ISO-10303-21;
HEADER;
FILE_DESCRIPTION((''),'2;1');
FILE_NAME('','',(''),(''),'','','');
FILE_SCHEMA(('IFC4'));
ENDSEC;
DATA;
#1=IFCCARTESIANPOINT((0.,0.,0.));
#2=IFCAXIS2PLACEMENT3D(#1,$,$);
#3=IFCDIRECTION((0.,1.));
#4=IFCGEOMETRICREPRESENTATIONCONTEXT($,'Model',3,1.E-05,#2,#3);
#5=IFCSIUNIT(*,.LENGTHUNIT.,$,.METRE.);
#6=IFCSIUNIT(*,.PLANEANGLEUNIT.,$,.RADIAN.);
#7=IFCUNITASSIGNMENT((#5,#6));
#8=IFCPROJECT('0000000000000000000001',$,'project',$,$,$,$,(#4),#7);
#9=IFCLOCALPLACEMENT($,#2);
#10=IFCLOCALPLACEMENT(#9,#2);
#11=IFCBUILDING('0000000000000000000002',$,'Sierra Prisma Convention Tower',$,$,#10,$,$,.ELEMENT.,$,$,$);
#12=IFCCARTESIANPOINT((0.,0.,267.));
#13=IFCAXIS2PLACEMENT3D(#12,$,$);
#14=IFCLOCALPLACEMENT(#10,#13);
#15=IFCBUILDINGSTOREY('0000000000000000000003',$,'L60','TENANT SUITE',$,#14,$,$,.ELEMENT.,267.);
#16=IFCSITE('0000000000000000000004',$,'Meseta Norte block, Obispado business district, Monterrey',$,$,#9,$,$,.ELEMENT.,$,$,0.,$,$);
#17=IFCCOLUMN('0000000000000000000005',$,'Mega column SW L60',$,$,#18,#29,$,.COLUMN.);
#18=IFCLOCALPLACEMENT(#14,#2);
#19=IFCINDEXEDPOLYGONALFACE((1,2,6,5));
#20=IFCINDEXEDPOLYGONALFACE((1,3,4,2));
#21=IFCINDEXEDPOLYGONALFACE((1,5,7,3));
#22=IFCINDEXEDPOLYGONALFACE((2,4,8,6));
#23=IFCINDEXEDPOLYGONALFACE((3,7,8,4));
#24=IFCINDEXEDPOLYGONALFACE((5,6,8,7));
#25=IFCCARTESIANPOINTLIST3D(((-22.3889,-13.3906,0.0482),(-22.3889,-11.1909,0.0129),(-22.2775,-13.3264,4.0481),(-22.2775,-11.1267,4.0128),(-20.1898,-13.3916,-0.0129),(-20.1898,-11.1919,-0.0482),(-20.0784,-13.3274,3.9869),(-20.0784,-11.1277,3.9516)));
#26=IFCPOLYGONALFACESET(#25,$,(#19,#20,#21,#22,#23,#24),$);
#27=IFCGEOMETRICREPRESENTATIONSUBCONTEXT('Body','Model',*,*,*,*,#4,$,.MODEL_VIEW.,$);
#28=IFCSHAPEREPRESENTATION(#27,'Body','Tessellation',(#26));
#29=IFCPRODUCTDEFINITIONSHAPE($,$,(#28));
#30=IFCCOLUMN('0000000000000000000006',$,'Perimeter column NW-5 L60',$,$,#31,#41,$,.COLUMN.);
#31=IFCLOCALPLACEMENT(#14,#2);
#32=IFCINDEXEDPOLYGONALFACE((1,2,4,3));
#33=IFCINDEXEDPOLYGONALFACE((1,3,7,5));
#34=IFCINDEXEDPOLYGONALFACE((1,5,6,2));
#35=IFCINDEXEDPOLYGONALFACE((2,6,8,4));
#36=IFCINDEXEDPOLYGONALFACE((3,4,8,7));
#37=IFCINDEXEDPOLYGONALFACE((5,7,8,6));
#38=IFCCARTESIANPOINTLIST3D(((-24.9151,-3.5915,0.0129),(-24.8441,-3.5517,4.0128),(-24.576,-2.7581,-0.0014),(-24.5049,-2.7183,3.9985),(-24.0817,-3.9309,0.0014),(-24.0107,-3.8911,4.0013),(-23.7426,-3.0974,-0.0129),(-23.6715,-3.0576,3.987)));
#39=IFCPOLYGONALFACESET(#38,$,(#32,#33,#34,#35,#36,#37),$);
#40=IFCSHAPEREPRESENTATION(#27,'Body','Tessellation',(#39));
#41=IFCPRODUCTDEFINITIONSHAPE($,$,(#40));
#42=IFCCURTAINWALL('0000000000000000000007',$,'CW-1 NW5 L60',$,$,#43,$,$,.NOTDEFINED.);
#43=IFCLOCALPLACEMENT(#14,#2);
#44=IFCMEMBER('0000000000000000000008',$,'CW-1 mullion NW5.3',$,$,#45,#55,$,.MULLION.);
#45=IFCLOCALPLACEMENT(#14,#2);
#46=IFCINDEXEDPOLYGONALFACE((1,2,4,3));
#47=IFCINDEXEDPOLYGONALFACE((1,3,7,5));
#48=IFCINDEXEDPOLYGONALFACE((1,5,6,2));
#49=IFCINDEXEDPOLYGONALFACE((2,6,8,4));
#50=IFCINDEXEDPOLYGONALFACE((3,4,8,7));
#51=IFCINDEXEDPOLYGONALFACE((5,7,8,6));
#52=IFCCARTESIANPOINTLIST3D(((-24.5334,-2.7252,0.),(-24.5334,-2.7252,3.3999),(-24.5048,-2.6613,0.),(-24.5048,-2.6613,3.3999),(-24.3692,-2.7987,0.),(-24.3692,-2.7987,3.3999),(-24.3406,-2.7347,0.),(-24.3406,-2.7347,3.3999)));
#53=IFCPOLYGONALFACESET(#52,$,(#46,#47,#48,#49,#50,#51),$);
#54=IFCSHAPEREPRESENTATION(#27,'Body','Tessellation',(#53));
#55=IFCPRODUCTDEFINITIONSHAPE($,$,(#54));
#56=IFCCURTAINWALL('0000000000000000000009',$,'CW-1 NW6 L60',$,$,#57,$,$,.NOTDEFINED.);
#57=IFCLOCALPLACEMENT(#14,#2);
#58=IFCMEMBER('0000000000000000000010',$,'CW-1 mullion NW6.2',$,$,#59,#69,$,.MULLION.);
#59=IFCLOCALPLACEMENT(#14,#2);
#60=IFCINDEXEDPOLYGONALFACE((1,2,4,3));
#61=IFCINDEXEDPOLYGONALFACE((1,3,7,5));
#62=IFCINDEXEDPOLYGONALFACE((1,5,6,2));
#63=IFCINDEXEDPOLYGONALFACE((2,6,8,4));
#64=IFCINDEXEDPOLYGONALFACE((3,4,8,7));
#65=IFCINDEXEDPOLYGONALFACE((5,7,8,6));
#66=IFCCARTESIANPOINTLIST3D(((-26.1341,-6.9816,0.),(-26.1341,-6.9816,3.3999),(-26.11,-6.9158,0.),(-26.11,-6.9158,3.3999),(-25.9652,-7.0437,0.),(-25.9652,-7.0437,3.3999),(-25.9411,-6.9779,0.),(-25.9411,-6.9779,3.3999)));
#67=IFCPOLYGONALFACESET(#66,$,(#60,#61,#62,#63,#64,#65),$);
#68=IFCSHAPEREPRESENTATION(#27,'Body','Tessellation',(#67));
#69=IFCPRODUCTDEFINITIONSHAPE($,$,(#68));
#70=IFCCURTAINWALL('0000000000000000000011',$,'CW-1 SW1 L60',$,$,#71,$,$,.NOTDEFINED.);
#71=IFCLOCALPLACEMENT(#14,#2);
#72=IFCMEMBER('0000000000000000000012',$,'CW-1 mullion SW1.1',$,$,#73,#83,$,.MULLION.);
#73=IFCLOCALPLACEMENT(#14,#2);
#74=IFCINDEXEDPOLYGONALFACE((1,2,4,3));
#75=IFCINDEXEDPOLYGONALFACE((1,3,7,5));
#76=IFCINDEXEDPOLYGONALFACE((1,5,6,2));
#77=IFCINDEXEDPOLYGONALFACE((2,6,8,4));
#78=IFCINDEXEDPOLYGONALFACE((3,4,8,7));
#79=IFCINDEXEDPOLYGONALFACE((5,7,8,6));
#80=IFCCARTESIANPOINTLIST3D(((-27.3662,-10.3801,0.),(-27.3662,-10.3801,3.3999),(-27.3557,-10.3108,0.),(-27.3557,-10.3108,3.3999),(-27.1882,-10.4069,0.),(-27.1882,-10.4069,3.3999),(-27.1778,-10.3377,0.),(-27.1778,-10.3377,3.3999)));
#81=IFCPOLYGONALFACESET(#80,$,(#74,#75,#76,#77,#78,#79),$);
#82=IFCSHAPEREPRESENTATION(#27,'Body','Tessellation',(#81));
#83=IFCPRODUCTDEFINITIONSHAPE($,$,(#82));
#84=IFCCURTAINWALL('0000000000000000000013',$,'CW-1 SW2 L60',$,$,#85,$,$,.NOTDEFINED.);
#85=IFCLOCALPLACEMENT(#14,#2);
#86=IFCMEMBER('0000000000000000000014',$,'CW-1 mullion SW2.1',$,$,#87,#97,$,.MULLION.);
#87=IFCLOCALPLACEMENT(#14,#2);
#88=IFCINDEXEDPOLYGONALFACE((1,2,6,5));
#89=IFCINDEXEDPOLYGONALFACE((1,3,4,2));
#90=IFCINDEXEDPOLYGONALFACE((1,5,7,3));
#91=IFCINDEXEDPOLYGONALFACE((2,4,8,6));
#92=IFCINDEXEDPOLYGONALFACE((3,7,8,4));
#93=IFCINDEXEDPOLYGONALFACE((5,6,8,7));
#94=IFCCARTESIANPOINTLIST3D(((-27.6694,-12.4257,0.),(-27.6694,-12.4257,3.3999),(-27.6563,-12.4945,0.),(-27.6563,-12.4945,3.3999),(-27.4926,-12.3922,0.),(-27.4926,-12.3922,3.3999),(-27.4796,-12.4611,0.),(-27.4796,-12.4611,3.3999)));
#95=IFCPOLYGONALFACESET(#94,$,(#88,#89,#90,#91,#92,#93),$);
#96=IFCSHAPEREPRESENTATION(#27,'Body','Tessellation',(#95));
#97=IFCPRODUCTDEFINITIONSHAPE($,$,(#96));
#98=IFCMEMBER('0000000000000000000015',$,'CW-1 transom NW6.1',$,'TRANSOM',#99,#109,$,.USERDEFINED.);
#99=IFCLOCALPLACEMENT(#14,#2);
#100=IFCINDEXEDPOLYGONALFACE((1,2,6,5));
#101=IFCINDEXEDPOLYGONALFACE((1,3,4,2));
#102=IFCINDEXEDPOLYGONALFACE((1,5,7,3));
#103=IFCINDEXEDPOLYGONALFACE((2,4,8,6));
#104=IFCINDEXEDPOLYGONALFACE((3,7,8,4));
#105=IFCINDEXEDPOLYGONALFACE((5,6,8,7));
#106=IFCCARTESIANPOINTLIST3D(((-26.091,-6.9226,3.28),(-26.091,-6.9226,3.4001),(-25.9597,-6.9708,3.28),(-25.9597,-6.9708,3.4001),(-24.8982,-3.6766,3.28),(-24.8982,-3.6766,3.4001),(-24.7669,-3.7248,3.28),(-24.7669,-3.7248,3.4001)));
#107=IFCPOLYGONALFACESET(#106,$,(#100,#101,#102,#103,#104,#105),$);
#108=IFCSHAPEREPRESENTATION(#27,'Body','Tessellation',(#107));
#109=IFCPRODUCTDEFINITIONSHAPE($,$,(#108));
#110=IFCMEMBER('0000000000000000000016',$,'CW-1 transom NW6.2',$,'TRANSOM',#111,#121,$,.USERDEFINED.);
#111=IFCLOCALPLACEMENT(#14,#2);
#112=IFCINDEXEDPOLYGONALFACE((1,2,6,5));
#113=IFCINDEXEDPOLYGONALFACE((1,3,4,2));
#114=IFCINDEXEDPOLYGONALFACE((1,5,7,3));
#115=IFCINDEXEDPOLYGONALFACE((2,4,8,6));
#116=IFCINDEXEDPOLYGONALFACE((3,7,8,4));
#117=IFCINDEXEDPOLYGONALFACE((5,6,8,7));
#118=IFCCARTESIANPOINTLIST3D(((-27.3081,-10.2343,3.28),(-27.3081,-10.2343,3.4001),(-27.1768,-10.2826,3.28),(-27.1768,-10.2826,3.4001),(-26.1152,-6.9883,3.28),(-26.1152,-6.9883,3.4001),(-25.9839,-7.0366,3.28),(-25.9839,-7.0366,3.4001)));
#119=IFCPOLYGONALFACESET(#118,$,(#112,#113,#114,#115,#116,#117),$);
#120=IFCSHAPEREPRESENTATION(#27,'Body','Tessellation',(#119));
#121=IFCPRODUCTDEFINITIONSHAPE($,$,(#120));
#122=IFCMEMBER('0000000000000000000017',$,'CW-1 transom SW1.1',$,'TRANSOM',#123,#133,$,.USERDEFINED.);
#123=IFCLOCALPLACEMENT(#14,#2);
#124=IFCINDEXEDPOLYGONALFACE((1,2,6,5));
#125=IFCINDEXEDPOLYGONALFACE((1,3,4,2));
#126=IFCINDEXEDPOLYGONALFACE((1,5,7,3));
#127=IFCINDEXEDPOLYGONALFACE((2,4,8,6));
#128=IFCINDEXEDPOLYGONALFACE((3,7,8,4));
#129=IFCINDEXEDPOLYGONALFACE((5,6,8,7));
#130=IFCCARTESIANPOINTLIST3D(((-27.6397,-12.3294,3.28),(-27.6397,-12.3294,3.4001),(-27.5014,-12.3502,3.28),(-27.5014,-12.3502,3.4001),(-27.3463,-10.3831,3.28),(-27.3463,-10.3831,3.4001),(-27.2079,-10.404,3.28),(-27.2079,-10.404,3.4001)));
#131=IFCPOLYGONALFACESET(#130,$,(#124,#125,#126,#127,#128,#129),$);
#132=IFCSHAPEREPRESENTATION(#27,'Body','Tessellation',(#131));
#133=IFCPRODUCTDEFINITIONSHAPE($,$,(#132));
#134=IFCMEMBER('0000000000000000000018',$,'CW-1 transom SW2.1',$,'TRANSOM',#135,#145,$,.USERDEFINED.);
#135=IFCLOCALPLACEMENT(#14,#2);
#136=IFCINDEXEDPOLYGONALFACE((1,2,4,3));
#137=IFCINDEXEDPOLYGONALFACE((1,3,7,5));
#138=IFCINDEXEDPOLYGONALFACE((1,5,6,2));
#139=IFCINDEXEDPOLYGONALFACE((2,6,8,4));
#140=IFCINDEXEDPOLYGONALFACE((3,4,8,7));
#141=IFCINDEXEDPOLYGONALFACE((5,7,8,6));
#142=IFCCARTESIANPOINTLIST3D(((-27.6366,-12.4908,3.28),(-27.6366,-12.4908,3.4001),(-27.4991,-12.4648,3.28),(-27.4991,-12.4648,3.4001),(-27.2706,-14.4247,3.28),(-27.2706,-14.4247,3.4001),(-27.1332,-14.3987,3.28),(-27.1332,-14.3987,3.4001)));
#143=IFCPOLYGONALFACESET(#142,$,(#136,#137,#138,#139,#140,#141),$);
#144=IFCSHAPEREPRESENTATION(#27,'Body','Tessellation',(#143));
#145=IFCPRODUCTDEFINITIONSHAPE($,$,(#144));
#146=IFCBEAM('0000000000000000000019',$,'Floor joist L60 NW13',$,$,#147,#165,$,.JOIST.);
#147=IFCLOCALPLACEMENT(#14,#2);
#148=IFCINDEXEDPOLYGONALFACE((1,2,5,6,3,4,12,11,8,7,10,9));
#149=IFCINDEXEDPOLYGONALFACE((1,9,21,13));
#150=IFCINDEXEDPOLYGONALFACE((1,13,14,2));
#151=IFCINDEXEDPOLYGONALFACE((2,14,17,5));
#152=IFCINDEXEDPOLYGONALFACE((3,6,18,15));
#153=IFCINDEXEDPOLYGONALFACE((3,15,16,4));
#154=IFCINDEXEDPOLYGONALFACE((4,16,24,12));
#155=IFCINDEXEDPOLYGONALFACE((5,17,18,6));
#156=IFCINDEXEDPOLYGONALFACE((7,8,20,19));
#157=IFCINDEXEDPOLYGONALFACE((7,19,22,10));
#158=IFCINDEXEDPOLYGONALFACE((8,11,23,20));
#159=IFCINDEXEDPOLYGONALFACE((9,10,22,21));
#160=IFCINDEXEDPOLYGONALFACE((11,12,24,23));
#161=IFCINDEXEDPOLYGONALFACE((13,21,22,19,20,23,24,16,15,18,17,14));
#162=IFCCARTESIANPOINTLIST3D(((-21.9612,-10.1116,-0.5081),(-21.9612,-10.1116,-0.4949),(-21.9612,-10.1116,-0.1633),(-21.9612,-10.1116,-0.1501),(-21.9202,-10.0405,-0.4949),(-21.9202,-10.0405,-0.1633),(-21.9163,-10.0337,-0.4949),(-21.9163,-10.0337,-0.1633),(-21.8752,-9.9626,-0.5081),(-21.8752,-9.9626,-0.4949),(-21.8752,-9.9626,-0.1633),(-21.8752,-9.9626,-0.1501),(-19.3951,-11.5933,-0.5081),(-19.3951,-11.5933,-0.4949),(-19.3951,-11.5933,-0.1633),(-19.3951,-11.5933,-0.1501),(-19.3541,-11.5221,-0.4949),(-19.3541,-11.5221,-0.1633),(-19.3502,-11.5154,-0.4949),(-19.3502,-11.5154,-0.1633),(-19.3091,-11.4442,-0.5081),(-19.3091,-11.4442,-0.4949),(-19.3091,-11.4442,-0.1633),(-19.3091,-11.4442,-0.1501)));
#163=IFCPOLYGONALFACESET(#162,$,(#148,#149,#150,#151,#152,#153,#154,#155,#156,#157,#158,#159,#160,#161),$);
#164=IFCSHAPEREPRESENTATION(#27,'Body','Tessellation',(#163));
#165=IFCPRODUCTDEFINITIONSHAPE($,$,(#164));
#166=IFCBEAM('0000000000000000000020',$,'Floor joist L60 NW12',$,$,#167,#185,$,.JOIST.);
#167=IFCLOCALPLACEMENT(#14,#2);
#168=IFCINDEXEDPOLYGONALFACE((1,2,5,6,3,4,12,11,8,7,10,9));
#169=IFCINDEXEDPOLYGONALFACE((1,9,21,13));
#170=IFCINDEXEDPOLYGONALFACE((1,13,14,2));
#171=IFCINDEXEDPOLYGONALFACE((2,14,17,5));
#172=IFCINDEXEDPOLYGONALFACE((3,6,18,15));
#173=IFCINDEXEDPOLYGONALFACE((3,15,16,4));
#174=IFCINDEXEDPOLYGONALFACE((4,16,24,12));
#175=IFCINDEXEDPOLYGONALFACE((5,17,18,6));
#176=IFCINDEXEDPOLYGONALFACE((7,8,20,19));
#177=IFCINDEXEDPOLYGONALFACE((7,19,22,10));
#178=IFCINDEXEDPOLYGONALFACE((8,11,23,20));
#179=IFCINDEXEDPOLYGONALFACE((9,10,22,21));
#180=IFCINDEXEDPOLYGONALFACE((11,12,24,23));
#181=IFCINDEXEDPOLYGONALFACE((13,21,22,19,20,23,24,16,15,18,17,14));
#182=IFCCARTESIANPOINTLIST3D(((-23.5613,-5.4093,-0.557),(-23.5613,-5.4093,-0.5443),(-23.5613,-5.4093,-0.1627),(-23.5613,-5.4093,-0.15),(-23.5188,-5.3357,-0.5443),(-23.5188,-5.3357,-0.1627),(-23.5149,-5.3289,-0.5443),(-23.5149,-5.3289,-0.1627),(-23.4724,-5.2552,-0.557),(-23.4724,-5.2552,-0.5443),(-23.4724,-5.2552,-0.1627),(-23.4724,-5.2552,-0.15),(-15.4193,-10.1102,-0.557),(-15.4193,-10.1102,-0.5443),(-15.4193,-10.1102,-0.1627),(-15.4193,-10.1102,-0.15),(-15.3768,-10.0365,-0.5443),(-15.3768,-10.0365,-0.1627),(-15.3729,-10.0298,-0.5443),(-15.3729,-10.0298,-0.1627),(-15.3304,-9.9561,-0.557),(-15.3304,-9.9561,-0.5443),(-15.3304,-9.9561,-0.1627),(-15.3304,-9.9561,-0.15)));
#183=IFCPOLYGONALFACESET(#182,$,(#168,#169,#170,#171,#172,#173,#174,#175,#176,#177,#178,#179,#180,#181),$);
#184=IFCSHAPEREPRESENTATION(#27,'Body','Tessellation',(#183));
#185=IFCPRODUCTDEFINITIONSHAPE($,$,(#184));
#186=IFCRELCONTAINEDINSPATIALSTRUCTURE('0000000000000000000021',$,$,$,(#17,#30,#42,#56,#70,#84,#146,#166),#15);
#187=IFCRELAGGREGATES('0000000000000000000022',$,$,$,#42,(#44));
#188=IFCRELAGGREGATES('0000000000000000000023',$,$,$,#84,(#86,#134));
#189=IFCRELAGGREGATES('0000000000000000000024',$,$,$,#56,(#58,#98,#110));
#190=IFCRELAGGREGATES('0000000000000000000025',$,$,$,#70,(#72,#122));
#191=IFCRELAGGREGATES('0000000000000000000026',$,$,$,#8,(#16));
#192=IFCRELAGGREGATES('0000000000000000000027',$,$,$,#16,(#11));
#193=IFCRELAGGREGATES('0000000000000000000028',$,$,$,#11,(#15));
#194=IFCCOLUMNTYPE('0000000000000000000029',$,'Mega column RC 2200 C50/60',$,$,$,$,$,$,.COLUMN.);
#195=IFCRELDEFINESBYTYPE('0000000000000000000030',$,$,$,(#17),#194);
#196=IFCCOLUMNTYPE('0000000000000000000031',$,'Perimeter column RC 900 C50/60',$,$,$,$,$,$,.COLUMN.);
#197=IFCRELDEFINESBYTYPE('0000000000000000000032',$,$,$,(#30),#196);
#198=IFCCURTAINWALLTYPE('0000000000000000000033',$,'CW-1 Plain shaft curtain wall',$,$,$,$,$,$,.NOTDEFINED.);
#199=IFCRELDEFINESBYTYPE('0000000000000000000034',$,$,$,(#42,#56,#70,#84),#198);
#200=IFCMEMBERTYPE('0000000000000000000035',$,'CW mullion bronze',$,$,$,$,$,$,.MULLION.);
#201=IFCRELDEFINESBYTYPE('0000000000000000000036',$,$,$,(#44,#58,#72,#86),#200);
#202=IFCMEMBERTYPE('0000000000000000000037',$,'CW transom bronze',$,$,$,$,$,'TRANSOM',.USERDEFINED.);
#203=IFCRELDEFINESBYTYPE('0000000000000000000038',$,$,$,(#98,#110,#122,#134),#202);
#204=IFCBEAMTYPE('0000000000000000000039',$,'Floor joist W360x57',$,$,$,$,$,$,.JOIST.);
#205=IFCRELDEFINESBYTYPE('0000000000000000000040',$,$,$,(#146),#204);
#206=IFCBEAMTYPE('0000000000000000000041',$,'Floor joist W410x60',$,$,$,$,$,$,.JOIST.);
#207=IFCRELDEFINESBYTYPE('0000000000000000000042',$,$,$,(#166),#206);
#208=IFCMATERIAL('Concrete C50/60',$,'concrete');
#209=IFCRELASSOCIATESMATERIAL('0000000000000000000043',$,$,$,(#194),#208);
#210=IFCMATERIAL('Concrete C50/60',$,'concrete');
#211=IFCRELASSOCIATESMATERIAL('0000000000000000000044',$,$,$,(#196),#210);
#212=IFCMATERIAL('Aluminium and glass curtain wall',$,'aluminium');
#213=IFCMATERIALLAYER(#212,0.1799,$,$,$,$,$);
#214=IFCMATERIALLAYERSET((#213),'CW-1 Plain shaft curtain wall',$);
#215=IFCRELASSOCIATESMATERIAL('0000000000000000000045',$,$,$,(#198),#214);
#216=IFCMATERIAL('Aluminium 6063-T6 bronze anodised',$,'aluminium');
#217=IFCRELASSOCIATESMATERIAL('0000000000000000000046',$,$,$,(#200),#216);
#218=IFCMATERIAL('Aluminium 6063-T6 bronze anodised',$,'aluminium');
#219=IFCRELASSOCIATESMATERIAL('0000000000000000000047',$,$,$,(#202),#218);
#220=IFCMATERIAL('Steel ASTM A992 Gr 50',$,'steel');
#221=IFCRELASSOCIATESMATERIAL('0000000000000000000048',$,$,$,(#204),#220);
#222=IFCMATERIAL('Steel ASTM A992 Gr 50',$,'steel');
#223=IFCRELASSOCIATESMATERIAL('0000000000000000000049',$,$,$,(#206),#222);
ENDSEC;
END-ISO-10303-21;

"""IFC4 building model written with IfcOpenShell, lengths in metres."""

from ifc_helpers import new_model, si_unit, direction, frame, origin, origin_2d, place, context, subcontext, project, spatial, rectangle, i_section, extrude, material, layer, layer_set, material_profile, profile_set, type_object, element, aggregate, save


model = new_model("IFC4")

# Units and contexts
model_context = context("Model", 3, precision=1e-05, world=origin(), true_north=direction((0.0, 1.0)))
body_context = subcontext(model_context, "Body", "Model", "MODEL_VIEW")
ifc_project = project(units=[si_unit("LENGTHUNIT", "METRE"), si_unit("PLANEANGLEUNIT", "RADIAN")], contexts=[model_context])

# Site, building, storey
site_placement = place(None, origin())
site = spatial("IfcSite", under=ifc_project, at=site_placement, Name="Meseta Norte block, Obispado business district, Monterrey", CompositionType="ELEMENT", RefElevation=0.0)
building_placement = place(site_placement, origin())
building = spatial("IfcBuilding", under=site, at=building_placement, Name="Sierra Prisma Convention Tower", CompositionType="ELEMENT")
storey_placement = place(building_placement, frame((0.0, 0.0, 267.0)))
storey = spatial("IfcBuildingStorey", under=building, at=storey_placement, Name="L60", Description="TENANT SUITE", CompositionType="ELEMENT", Elevation=267.0)

# Columns
ifc_material_1 = material(Name="Concrete C50/60", Category="concrete")
ifc_material_profile_1 = material_profile(ifc_material_1, rectangle(XDim=2.2, YDim=2.2, at=origin_2d()), Name="Mega column RC 2200 C50/60")
ifc_profile_set_1 = profile_set([ifc_material_profile_1], Name="Concrete C50/60")
column_type_1 = type_object("IfcColumnType", Name="Mega column RC 2200 C50/60", PredefinedType="COLUMN", material=ifc_profile_set_1)
column_1_placement = place(storey_placement, frame((-21.2893, -12.2913, 0.0), z_axis=(0.027818, 0.016044, 0.999484), x_axis=(0.999613, -0.000446, -0.027814)))
element("IfcColumn", 1, at=column_1_placement, inside=storey, type_object=column_type_1, Name="Mega column SW L60", PredefinedType="COLUMN", context=body_context, shape_type="SweptSolid", body=[
    extrude(rectangle(XDim=2.2, YDim=2.2, at=origin_2d()), origin(), (0.0, 0.0, 1.0), 4.002),
])
ifc_material_2 = material(Name="Concrete C50/60", Category="concrete")
ifc_material_profile_2 = material_profile(ifc_material_2, rectangle(XDim=0.8999, YDim=0.8999, at=origin_2d()), Name="Perimeter column RC 900 C50/60")
ifc_profile_set_2 = profile_set([ifc_material_profile_2], Name="Concrete C50/60")
column_type_2 = type_object("IfcColumnType", Name="Perimeter column RC 900 C50/60", PredefinedType="COLUMN", material=ifc_profile_set_2)
column_2_placement = place(storey_placement, frame((-24.3289, -3.3445, 0.0), z_axis=(0.017758, 0.009947, 0.999793), x_axis=(0.376862, 0.926133, -0.015907)))
element("IfcColumn", 2, at=column_2_placement, inside=storey, type_object=column_type_2, Name="Perimeter column NW-5 L60", PredefinedType="COLUMN", context=body_context, shape_type="SweptSolid", body=[
    extrude(rectangle(XDim=0.8999, YDim=0.8999, at=origin_2d()), origin(), (0.0, 0.0, 1.0), 4.0007),
])

# Curtain walls, members
ifc_material_3 = material(Name="Aluminium and glass curtain wall", Category="aluminium")
ifc_layer_1 = layer(ifc_material_3, 0.1799)
ifc_layer_set_1 = layer_set([ifc_layer_1], Name="CW-1 Plain shaft curtain wall")
curtain_wall_type = type_object("IfcCurtainWallType", Name="CW-1 Plain shaft curtain wall", PredefinedType="NOTDEFINED", material=ifc_layer_set_1)
curtain_wall_1_placement = place(storey_placement, origin())
curtain_wall_1 = element("IfcCurtainWall", 3, at=curtain_wall_1_placement, inside=storey, type_object=curtain_wall_type, Name="CW-1 NW5 L60", PredefinedType="NOTDEFINED")
ifc_material_4 = material(Name="Aluminium 6063-T6 bronze anodised", Category="aluminium")
ifc_material_profile_3 = material_profile(ifc_material_4, rectangle(XDim=0.1799, YDim=0.0701, at=origin_2d()), Name="ALU MULLION 70x180")
ifc_profile_set_3 = profile_set([ifc_material_profile_3], Name="Aluminium 6063-T6 bronze anodised")
member_type_1 = type_object("IfcMemberType", Name="CW mullion bronze", PredefinedType="MULLION", material=ifc_profile_set_3)
member_1_placement = place(storey_placement, frame((-24.437, -2.73, 0.0), z_axis=(0.0, 0.0, 1.0), x_axis=(0.912782, -0.408447, 0.0)))
member_1 = element("IfcMember", 4, at=member_1_placement, type_object=member_type_1, Name="CW-1 mullion NW5.3", PredefinedType="MULLION", context=body_context, shape_type="SweptSolid", body=[
    extrude(rectangle(XDim=0.1799, YDim=0.0701, at=origin_2d()), origin(), (0.0, 0.0, 1.0), 3.3999),
])
aggregate(curtain_wall_1, [member_1])
curtain_wall_2_placement = place(storey_placement, origin())
curtain_wall_2 = element("IfcCurtainWall", 5, at=curtain_wall_2_placement, inside=storey, type_object=curtain_wall_type, Name="CW-1 NW6 L60", PredefinedType="NOTDEFINED")
member_2_placement = place(storey_placement, frame((-26.0376, -6.9797, 0.0), z_axis=(0.0, 0.0, 1.0), x_axis=(0.93862, -0.344952, 0.0)))
member_2 = element("IfcMember", 6, at=member_2_placement, type_object=member_type_1, Name="CW-1 mullion NW6.2", PredefinedType="MULLION", context=body_context, shape_type="SweptSolid", body=[
    extrude(rectangle(XDim=0.1799, YDim=0.0701, at=origin_2d()), origin(), (0.0, 0.0, 1.0), 3.3999),
])
curtain_wall_3_placement = place(storey_placement, origin())
curtain_wall_3 = element("IfcCurtainWall", 7, at=curtain_wall_3_placement, inside=storey, type_object=curtain_wall_type, Name="CW-1 SW1 L60", PredefinedType="NOTDEFINED")
member_3_placement = place(storey_placement, frame((-27.272, -10.3589, 0.0), z_axis=(0.0, 0.0, 1.0), x_axis=(0.98883, -0.149048, 0.0)))
member_3 = element("IfcMember", 8, at=member_3_placement, type_object=member_type_1, Name="CW-1 mullion SW1.1", PredefinedType="MULLION", context=body_context, shape_type="SweptSolid", body=[
    extrude(rectangle(XDim=0.1799, YDim=0.0701, at=origin_2d()), origin(), (0.0, 0.0, 1.0), 3.3999),
])
curtain_wall_4_placement = place(storey_placement, origin())
curtain_wall_4 = element("IfcCurtainWall", 9, at=curtain_wall_4_placement, inside=storey, type_object=curtain_wall_type, Name="CW-1 SW2 L60", PredefinedType="NOTDEFINED")
member_4_placement = place(storey_placement, frame((-27.5745, -12.4434, 0.0), z_axis=(0.0, 0.0, 1.0), x_axis=(0.982567, 0.185909, 0.0)))
member_4 = element("IfcMember", 10, at=member_4_placement, type_object=member_type_1, Name="CW-1 mullion SW2.1", PredefinedType="MULLION", context=body_context, shape_type="SweptSolid", body=[
    extrude(rectangle(XDim=0.1799, YDim=0.0701, at=origin_2d()), origin(), (0.0, 0.0, 1.0), 3.3999),
])

# Members
ifc_material_5 = material(Name="Aluminium 6063-T6 bronze anodised", Category="aluminium")
ifc_material_profile_4 = material_profile(ifc_material_5, rectangle(XDim=0.1399, YDim=0.1201, at=origin_2d()), Name="ALU TRANSOM 120x140")
ifc_profile_set_4 = profile_set([ifc_material_profile_4], Name="Aluminium 6063-T6 bronze anodised")
member_type_2 = type_object("IfcMemberType", Name="CW transom bronze", ElementType="TRANSOM", PredefinedType="USERDEFINED", material=ifc_profile_set_4)
member_5_placement = place(storey_placement, frame((-24.8325, -3.7007, 3.3401), z_axis=(-0.344927, -0.93863, 0.0), x_axis=(0.93863, -0.344927, 0.0)))
member_5 = element("IfcMember", 11, at=member_5_placement, type_object=member_type_2, Name="CW-1 transom NW6.1", ObjectType="TRANSOM", PredefinedType="USERDEFINED", context=body_context, shape_type="SweptSolid", body=[
    extrude(rectangle(XDim=0.1399, YDim=0.1201, at=origin_2d()), origin(), (0.0, 0.0, 1.0), 3.4583),
])
member_6_placement = place(storey_placement, frame((-26.0496, -7.0125, 3.3401), z_axis=(-0.344927, -0.93863, 0.0), x_axis=(0.93863, -0.344927, 0.0)))
member_6 = element("IfcMember", 12, at=member_6_placement, type_object=member_type_2, Name="CW-1 transom NW6.2", ObjectType="TRANSOM", PredefinedType="USERDEFINED", context=body_context, shape_type="SweptSolid", body=[
    extrude(rectangle(XDim=0.1399, YDim=0.1201, at=origin_2d()), origin(), (0.0, 0.0, 1.0), 3.4583),
])
member_7_placement = place(storey_placement, frame((-27.2771, -10.3936, 3.3401), z_axis=(-0.149093, -0.988823, 0.0), x_axis=(0.988823, -0.149093, 0.0)))
member_7 = element("IfcMember", 13, at=member_7_placement, type_object=member_type_2, Name="CW-1 transom SW1.1", ObjectType="TRANSOM", PredefinedType="USERDEFINED", context=body_context, shape_type="SweptSolid", body=[
    extrude(rectangle(XDim=0.1399, YDim=0.1201, at=origin_2d()), origin(), (0.0, 0.0, 1.0), 1.9683),
])
member_8_placement = place(storey_placement, frame((-27.5679, -12.4778, 3.3401), z_axis=(0.185943, -0.98256, 0.0), x_axis=(0.98256, 0.185943, 0.0)))
member_8 = element("IfcMember", 14, at=member_8_placement, type_object=member_type_2, Name="CW-1 transom SW2.1", ObjectType="TRANSOM", PredefinedType="USERDEFINED", context=body_context, shape_type="SweptSolid", body=[
    extrude(rectangle(XDim=0.1399, YDim=0.1201, at=origin_2d()), origin(), (0.0, 0.0, 1.0), 1.9683),
])
aggregate(curtain_wall_4, [member_4, member_8])

# Beams
ifc_material_6 = material(Name="Steel ASTM A992 Gr 50", Category="steel")
ifc_material_profile_5 = material_profile(ifc_material_6, i_section(OverallWidth=0.1721, OverallDepth=0.3579, WebThickness=0.0078, FlangeThickness=0.0132, at=origin_2d()), Name="W360x57")
ifc_profile_set_5 = profile_set([ifc_material_profile_5], Name="Steel ASTM A992 Gr 50")
beam_type_1 = type_object("IfcBeamType", Name="Floor joist W360x57", PredefinedType="JOIST", material=ifc_profile_set_5)
beam_1_placement = place(storey_placement, frame((-21.9182, -10.0371, -0.3291), z_axis=(0.866009, -0.500029, 0.0), x_axis=(0.500029, 0.866009, 0.0)))
element("IfcBeam", 15, at=beam_1_placement, inside=storey, type_object=beam_type_1, Name="Floor joist L60 NW13", PredefinedType="JOIST", context=body_context, shape_type="SweptSolid", body=[
    extrude(i_section(OverallWidth=0.1721, OverallDepth=0.3579, WebThickness=0.0078, FlangeThickness=0.0132, at=origin_2d()), origin(), (0.0, 0.0, 1.0), 2.9631),
])
ifc_material_7 = material(Name="Steel ASTM A992 Gr 50", Category="steel")
ifc_material_profile_6 = material_profile(ifc_material_7, i_section(OverallWidth=0.178, OverallDepth=0.407, WebThickness=0.0078, FlangeThickness=0.0127, at=origin_2d()), Name="W410x60")
ifc_profile_set_6 = profile_set([ifc_material_profile_6], Name="Steel ASTM A992 Gr 50")
beam_type_2 = type_object("IfcBeamType", Name="Floor joist W410x60", PredefinedType="JOIST", material=ifc_profile_set_6)
beam_2_placement = place(storey_placement, frame((-23.5168, -5.3323, -0.3535), z_axis=(0.866021, -0.500007, 0.0), x_axis=(0.500007, 0.866021, 0.0)))
element("IfcBeam", 16, at=beam_2_placement, inside=storey, type_object=beam_type_2, Name="Floor joist L60 NW12", PredefinedType="JOIST", context=body_context, shape_type="SweptSolid", body=[
    extrude(i_section(OverallWidth=0.178, OverallDepth=0.407, WebThickness=0.0078, FlangeThickness=0.0127, at=origin_2d()), origin(), (0.0, 0.0, 1.0), 9.4016),
])

aggregate(curtain_wall_2, [member_2, member_5, member_6])
aggregate(curtain_wall_3, [member_3, member_7])

save(model, "model.ifc")
